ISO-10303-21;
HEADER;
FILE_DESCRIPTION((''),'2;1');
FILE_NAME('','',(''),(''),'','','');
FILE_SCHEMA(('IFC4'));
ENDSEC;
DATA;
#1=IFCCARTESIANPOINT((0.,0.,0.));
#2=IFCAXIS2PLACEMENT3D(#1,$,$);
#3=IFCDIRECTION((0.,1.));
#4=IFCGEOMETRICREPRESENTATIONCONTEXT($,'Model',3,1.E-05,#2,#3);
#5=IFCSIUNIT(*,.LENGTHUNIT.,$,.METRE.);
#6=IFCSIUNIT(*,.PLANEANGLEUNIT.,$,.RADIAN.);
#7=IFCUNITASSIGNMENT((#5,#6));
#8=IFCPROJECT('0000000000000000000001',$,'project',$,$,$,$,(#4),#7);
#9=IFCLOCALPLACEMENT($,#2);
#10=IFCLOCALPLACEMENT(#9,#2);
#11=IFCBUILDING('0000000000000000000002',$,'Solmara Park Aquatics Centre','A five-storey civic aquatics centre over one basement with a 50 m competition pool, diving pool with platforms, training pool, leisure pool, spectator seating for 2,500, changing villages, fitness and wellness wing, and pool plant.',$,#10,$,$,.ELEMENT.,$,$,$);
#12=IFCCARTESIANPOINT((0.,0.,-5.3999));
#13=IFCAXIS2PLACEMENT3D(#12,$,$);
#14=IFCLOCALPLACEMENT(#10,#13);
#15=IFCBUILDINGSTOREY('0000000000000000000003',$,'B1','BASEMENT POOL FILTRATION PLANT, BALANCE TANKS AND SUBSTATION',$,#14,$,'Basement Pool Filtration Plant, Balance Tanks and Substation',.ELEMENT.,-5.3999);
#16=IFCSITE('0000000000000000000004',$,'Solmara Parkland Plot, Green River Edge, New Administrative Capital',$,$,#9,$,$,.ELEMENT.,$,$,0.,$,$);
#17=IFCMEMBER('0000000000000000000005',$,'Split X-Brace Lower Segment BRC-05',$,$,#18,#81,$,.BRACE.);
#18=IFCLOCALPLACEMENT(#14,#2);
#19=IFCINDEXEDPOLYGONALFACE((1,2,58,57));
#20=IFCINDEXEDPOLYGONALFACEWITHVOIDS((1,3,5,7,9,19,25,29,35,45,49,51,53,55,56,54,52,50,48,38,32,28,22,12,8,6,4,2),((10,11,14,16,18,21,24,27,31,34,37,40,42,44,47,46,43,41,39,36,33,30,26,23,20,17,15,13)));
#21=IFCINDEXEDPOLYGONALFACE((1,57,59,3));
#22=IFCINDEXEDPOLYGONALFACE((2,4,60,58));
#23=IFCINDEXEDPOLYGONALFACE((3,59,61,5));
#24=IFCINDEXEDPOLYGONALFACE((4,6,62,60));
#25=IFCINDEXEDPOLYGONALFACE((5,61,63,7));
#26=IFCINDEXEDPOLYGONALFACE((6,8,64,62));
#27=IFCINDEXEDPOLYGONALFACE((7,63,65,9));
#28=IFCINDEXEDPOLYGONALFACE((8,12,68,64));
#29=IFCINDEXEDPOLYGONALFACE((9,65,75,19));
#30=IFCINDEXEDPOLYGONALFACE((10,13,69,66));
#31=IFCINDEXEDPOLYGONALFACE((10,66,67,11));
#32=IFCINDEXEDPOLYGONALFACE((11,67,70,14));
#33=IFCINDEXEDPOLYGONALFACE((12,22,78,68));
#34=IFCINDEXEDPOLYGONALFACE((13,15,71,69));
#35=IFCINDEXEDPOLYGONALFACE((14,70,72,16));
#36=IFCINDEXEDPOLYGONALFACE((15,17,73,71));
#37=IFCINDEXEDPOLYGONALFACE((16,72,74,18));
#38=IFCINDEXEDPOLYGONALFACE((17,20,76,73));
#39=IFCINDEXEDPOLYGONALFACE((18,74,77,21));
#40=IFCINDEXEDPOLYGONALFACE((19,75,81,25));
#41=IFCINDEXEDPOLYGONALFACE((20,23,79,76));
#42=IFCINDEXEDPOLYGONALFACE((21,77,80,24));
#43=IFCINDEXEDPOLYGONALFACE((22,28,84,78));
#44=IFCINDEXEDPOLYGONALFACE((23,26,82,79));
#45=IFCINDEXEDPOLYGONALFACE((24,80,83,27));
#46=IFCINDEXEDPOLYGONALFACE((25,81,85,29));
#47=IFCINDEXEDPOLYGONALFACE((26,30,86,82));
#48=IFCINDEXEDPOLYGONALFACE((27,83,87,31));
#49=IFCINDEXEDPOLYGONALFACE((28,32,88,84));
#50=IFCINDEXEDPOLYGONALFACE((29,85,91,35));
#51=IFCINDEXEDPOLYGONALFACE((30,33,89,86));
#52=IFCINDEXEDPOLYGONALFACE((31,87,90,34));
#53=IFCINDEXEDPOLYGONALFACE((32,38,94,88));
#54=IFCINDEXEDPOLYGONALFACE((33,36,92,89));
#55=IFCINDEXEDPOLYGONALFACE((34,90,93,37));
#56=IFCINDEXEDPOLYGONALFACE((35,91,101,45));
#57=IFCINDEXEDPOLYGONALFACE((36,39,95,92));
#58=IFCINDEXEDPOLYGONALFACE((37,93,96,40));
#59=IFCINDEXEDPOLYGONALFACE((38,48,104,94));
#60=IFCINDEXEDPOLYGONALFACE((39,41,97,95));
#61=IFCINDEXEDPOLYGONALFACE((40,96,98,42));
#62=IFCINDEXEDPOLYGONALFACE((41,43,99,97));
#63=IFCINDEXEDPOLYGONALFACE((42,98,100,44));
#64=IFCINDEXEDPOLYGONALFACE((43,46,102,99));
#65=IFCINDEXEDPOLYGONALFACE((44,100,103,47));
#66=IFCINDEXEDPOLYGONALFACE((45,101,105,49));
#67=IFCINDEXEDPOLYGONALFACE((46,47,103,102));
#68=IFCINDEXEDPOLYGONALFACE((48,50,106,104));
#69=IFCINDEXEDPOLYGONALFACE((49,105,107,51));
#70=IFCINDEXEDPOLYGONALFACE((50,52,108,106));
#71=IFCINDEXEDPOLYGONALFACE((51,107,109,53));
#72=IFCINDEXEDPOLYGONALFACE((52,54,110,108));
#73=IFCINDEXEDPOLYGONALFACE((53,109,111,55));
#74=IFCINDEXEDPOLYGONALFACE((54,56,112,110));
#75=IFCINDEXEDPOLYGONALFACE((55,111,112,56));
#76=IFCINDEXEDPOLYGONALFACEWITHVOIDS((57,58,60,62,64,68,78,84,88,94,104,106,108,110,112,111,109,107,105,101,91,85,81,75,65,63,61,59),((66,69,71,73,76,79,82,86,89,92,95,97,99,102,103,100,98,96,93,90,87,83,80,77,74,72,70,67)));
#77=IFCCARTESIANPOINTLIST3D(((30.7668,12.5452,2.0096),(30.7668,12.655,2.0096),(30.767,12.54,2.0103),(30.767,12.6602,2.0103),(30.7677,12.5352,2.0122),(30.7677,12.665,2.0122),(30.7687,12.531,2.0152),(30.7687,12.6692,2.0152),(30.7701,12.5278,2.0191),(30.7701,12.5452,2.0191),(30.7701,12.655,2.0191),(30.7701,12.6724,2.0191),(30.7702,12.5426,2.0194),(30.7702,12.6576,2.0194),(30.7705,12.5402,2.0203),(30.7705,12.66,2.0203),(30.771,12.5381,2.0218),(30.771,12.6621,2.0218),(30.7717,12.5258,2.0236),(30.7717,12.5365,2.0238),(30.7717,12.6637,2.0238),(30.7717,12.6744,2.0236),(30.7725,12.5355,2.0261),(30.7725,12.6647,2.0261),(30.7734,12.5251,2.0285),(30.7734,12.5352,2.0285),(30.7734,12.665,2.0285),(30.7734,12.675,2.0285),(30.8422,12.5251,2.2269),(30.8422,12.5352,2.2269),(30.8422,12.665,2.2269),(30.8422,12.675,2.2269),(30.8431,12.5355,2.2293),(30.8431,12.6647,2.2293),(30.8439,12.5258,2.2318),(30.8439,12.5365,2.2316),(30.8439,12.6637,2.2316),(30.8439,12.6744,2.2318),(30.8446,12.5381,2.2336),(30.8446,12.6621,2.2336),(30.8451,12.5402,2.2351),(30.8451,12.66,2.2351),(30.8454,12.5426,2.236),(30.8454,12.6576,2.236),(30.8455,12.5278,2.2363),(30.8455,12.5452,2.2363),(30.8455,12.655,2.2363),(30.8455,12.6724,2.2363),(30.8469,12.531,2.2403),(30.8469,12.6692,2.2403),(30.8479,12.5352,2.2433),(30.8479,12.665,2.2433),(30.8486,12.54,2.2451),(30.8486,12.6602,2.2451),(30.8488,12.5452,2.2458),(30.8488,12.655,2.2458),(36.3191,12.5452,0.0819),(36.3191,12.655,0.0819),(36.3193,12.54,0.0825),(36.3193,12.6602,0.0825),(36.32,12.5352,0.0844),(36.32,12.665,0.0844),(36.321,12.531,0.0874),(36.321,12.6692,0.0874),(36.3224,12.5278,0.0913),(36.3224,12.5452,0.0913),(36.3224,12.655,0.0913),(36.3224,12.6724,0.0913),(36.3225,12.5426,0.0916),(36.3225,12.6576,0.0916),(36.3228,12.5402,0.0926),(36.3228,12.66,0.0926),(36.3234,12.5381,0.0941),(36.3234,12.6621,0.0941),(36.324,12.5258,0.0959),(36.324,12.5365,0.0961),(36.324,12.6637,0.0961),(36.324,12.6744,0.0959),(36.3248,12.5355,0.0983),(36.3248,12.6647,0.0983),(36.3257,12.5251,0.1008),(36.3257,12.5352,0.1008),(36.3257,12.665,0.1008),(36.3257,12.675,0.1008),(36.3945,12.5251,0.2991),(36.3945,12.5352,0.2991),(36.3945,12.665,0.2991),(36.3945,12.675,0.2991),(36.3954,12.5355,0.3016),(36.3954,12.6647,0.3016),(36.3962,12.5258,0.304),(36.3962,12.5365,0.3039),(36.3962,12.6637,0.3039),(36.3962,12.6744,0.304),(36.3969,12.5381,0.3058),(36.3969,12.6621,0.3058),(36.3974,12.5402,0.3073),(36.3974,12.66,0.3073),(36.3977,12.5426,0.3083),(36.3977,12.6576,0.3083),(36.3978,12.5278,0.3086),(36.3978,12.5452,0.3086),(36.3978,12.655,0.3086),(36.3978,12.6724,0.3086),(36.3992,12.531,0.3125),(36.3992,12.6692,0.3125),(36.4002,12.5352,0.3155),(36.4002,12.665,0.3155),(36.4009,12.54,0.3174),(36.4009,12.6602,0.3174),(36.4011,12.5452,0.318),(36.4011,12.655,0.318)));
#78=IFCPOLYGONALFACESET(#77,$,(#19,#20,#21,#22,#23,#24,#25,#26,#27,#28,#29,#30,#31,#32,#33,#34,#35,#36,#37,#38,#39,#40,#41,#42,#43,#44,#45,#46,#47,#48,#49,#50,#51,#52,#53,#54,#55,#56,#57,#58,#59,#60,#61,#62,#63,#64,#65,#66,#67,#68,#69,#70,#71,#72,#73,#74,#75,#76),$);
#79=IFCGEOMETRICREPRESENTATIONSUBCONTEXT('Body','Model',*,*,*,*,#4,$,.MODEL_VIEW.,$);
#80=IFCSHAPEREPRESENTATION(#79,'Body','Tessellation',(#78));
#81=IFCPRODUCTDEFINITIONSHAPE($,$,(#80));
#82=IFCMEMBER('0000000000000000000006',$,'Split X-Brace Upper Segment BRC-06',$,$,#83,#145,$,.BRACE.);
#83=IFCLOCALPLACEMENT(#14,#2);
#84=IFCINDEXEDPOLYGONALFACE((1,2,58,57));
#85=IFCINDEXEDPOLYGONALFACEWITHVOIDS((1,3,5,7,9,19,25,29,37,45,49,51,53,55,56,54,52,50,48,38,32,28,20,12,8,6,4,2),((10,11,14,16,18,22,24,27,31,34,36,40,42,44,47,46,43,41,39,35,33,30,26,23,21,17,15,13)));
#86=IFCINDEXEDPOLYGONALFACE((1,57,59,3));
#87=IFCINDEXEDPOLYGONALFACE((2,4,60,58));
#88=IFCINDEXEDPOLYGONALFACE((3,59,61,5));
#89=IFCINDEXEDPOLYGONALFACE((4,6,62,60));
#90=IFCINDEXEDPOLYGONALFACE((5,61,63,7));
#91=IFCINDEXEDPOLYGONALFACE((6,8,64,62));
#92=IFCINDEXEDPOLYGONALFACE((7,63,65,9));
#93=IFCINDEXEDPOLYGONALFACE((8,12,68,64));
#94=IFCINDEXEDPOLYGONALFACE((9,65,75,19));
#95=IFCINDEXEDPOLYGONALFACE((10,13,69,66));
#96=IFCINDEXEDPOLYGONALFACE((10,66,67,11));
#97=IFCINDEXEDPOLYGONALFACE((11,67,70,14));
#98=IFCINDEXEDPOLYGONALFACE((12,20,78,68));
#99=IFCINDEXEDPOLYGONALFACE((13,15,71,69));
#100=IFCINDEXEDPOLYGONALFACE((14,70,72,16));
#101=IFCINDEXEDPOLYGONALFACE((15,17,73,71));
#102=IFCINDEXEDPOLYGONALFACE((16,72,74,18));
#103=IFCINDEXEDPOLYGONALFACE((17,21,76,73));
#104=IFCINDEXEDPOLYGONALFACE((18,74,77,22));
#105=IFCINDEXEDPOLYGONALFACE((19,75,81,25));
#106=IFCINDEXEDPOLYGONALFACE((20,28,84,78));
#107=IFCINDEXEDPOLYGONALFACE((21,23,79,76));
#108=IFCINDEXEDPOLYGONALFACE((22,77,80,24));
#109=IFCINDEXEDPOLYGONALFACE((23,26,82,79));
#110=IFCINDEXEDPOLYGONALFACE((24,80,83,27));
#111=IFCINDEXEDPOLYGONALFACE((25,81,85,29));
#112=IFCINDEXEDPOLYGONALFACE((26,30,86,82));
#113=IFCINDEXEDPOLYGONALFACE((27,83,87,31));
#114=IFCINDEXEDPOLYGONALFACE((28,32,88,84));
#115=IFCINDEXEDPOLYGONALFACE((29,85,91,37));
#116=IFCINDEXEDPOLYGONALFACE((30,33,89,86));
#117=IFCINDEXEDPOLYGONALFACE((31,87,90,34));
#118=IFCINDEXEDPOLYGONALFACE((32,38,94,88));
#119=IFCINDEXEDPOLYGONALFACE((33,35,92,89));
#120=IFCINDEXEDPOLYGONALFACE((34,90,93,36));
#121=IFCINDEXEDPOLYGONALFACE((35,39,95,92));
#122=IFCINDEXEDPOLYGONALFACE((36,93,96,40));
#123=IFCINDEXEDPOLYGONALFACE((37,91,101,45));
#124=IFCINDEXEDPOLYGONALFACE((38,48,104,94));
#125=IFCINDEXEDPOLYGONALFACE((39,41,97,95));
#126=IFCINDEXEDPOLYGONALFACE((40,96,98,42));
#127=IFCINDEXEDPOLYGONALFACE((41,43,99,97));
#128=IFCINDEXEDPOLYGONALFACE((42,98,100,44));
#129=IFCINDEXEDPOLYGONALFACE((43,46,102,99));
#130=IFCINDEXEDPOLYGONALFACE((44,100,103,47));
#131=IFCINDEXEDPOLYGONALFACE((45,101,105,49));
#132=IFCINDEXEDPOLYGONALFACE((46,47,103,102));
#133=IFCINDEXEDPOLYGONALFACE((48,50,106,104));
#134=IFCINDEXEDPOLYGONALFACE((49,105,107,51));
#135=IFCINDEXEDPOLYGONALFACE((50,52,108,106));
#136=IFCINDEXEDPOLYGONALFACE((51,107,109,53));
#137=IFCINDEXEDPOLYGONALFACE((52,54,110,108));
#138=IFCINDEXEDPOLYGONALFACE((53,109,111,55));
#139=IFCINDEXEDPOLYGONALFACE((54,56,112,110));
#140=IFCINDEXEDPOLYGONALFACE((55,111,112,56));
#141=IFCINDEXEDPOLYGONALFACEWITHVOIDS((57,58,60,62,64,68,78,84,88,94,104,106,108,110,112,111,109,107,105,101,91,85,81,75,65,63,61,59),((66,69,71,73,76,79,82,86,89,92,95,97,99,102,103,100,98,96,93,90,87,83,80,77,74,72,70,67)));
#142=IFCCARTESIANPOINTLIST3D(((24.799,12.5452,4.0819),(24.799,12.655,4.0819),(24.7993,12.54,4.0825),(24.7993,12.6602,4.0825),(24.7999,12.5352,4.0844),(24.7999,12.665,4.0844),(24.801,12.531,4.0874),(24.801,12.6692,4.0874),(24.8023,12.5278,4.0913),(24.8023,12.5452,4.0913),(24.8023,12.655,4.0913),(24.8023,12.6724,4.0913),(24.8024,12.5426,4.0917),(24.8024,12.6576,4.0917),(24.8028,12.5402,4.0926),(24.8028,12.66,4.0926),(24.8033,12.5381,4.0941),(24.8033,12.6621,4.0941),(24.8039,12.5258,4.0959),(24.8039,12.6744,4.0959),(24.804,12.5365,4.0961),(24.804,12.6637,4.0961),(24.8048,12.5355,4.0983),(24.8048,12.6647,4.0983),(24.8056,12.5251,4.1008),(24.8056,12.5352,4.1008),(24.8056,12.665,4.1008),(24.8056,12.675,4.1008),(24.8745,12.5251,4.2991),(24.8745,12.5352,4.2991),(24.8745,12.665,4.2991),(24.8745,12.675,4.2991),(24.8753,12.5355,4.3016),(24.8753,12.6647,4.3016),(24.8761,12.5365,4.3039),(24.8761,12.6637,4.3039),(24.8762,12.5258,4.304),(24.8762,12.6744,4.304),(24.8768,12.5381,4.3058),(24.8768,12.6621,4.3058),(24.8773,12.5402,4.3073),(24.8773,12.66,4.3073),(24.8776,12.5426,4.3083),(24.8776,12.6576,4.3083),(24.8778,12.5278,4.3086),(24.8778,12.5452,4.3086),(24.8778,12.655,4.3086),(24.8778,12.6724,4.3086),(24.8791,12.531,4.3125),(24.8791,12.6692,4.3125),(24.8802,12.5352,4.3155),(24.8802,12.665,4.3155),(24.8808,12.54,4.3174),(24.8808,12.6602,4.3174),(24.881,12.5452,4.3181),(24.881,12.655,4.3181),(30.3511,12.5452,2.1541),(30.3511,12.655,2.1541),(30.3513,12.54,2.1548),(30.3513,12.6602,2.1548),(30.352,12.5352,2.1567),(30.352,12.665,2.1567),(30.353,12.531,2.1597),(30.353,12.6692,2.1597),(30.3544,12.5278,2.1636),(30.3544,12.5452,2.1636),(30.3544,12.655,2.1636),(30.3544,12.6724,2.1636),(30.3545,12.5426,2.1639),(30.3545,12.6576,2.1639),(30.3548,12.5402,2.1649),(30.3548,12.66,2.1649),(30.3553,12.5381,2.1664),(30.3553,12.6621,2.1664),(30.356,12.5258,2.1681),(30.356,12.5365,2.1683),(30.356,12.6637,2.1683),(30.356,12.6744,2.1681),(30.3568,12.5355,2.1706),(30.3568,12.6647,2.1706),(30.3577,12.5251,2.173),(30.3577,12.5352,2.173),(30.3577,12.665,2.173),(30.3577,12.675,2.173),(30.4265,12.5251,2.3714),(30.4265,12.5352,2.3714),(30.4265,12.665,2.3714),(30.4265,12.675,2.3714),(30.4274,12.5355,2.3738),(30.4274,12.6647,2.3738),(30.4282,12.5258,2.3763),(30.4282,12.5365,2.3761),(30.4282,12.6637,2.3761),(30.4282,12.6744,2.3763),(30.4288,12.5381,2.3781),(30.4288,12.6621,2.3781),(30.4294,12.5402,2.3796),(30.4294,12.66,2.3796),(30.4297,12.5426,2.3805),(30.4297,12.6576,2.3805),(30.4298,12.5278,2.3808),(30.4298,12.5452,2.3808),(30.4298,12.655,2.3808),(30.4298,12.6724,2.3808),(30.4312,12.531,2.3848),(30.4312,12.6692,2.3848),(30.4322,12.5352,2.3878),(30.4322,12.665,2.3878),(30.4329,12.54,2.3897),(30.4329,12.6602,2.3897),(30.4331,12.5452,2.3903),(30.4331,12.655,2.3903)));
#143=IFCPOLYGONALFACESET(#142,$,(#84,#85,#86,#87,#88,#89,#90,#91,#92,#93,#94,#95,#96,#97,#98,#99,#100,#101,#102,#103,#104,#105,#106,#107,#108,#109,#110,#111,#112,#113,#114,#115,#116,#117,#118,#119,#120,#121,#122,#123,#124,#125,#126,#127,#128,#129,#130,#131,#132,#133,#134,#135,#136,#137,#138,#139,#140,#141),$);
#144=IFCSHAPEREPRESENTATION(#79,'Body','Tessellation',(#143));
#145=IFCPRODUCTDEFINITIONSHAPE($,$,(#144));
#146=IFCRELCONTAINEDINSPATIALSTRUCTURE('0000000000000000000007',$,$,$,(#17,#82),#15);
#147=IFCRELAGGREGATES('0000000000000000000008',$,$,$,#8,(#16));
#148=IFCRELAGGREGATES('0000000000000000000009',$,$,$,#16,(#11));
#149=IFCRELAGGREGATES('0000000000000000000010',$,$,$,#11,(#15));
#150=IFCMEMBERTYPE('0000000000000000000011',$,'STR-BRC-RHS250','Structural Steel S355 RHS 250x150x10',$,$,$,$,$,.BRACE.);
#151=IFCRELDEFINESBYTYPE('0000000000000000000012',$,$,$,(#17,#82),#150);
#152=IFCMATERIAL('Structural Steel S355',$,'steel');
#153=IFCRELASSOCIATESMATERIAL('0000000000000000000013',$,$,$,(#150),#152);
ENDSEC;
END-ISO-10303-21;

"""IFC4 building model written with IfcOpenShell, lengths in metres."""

from ifc_helpers import new_model, si_unit, direction, frame, origin, origin_2d, place, context, subcontext, project, spatial, hollow_rectangle, extrude, material, material_profile, profile_set, type_object, element, save


model = new_model("IFC4")

# Units and contexts
model_context = context("Model", 3, precision=1e-05, world=origin(), true_north=direction((0.0, 1.0)))
body_context = subcontext(model_context, "Body", "Model", "MODEL_VIEW")
ifc_project = project(units=[si_unit("LENGTHUNIT", "METRE"), si_unit("PLANEANGLEUNIT", "RADIAN")], contexts=[model_context])

# Site, building, storey
site_placement = place(None, origin())
site = spatial("IfcSite", under=ifc_project, at=site_placement, Name="Solmara Parkland Plot, Green River Edge, New Administrative Capital", CompositionType="ELEMENT", RefElevation=0.0)
building_placement = place(site_placement, origin())
building = spatial("IfcBuilding", under=site, at=building_placement, Name="Solmara Park Aquatics Centre", Description="A five-storey civic aquatics centre over one basement with a 50 m competition pool, diving pool with platforms, training pool, leisure pool, spectator seating for 2,500, changing villages, fitness and wellness wing, and pool plant.", CompositionType="ELEMENT")
storey_placement = place(building_placement, frame((0.0, 0.0, -5.3999)))
storey = spatial("IfcBuildingStorey", under=building, at=storey_placement, Name="B1", Description="BASEMENT POOL FILTRATION PLANT, BALANCE TANKS AND SUBSTATION", LongName="Basement Pool Filtration Plant, Balance Tanks and Substation", CompositionType="ELEMENT", Elevation=-5.3999)

# Shared definitions
ifc_material_1 = material(Name="Structural Steel S355", Category="steel")

# Members
ifc_material_profile_1 = material_profile(ifc_material_1, hollow_rectangle(XDim=0.1499, YDim=0.25, WallThickness=0.01, InnerFilletRadius=0.01, OuterFilletRadius=0.02, at=origin_2d()), Name="RHS 250x150x10")
ifc_profile_set_1 = profile_set([ifc_material_profile_1], Name="Structural Steel S355")
member_type_1 = type_object("IfcMemberType", Name="STR-BRC-RHS250", Description="Structural Steel S355 RHS 250x150x10", PredefinedType="BRACE", material=ifc_profile_set_1)
member_1_placement = place(storey_placement, frame((36.3601, 12.6001, 0.2), z_axis=(-0.94468, 0.0, 0.327992), x_axis=(0.0, -1.0, 0.0)))
element("IfcMember", 1, at=member_1_placement, inside=storey, type_object=member_type_1, Name="Split X-Brace Lower Segment BRC-05", PredefinedType="BRACE", context=body_context, shape_type="SweptSolid", body=[
    extrude(hollow_rectangle(XDim=0.1499, YDim=0.25, WallThickness=0.01, InnerFilletRadius=0.01, OuterFilletRadius=0.02, at=origin_2d()), origin(), (0.0, 0.0, 1.0), 5.8774),
])
member_2_placement = place(storey_placement, frame((30.3921, 12.6001, 2.2722), z_axis=(-0.944676, 0.0, 0.328005), x_axis=(0.0, -1.0, 0.0)))
element("IfcMember", 2, at=member_2_placement, inside=storey, type_object=member_type_1, Name="Split X-Brace Upper Segment BRC-06", PredefinedType="BRACE", context=body_context, shape_type="SweptSolid", body=[
    extrude(hollow_rectangle(XDim=0.1499, YDim=0.25, WallThickness=0.01, InnerFilletRadius=0.01, OuterFilletRadius=0.02, at=origin_2d()), origin(), (0.0, 0.0, 1.0), 5.8772),
])

save(model, "model.ifc")
